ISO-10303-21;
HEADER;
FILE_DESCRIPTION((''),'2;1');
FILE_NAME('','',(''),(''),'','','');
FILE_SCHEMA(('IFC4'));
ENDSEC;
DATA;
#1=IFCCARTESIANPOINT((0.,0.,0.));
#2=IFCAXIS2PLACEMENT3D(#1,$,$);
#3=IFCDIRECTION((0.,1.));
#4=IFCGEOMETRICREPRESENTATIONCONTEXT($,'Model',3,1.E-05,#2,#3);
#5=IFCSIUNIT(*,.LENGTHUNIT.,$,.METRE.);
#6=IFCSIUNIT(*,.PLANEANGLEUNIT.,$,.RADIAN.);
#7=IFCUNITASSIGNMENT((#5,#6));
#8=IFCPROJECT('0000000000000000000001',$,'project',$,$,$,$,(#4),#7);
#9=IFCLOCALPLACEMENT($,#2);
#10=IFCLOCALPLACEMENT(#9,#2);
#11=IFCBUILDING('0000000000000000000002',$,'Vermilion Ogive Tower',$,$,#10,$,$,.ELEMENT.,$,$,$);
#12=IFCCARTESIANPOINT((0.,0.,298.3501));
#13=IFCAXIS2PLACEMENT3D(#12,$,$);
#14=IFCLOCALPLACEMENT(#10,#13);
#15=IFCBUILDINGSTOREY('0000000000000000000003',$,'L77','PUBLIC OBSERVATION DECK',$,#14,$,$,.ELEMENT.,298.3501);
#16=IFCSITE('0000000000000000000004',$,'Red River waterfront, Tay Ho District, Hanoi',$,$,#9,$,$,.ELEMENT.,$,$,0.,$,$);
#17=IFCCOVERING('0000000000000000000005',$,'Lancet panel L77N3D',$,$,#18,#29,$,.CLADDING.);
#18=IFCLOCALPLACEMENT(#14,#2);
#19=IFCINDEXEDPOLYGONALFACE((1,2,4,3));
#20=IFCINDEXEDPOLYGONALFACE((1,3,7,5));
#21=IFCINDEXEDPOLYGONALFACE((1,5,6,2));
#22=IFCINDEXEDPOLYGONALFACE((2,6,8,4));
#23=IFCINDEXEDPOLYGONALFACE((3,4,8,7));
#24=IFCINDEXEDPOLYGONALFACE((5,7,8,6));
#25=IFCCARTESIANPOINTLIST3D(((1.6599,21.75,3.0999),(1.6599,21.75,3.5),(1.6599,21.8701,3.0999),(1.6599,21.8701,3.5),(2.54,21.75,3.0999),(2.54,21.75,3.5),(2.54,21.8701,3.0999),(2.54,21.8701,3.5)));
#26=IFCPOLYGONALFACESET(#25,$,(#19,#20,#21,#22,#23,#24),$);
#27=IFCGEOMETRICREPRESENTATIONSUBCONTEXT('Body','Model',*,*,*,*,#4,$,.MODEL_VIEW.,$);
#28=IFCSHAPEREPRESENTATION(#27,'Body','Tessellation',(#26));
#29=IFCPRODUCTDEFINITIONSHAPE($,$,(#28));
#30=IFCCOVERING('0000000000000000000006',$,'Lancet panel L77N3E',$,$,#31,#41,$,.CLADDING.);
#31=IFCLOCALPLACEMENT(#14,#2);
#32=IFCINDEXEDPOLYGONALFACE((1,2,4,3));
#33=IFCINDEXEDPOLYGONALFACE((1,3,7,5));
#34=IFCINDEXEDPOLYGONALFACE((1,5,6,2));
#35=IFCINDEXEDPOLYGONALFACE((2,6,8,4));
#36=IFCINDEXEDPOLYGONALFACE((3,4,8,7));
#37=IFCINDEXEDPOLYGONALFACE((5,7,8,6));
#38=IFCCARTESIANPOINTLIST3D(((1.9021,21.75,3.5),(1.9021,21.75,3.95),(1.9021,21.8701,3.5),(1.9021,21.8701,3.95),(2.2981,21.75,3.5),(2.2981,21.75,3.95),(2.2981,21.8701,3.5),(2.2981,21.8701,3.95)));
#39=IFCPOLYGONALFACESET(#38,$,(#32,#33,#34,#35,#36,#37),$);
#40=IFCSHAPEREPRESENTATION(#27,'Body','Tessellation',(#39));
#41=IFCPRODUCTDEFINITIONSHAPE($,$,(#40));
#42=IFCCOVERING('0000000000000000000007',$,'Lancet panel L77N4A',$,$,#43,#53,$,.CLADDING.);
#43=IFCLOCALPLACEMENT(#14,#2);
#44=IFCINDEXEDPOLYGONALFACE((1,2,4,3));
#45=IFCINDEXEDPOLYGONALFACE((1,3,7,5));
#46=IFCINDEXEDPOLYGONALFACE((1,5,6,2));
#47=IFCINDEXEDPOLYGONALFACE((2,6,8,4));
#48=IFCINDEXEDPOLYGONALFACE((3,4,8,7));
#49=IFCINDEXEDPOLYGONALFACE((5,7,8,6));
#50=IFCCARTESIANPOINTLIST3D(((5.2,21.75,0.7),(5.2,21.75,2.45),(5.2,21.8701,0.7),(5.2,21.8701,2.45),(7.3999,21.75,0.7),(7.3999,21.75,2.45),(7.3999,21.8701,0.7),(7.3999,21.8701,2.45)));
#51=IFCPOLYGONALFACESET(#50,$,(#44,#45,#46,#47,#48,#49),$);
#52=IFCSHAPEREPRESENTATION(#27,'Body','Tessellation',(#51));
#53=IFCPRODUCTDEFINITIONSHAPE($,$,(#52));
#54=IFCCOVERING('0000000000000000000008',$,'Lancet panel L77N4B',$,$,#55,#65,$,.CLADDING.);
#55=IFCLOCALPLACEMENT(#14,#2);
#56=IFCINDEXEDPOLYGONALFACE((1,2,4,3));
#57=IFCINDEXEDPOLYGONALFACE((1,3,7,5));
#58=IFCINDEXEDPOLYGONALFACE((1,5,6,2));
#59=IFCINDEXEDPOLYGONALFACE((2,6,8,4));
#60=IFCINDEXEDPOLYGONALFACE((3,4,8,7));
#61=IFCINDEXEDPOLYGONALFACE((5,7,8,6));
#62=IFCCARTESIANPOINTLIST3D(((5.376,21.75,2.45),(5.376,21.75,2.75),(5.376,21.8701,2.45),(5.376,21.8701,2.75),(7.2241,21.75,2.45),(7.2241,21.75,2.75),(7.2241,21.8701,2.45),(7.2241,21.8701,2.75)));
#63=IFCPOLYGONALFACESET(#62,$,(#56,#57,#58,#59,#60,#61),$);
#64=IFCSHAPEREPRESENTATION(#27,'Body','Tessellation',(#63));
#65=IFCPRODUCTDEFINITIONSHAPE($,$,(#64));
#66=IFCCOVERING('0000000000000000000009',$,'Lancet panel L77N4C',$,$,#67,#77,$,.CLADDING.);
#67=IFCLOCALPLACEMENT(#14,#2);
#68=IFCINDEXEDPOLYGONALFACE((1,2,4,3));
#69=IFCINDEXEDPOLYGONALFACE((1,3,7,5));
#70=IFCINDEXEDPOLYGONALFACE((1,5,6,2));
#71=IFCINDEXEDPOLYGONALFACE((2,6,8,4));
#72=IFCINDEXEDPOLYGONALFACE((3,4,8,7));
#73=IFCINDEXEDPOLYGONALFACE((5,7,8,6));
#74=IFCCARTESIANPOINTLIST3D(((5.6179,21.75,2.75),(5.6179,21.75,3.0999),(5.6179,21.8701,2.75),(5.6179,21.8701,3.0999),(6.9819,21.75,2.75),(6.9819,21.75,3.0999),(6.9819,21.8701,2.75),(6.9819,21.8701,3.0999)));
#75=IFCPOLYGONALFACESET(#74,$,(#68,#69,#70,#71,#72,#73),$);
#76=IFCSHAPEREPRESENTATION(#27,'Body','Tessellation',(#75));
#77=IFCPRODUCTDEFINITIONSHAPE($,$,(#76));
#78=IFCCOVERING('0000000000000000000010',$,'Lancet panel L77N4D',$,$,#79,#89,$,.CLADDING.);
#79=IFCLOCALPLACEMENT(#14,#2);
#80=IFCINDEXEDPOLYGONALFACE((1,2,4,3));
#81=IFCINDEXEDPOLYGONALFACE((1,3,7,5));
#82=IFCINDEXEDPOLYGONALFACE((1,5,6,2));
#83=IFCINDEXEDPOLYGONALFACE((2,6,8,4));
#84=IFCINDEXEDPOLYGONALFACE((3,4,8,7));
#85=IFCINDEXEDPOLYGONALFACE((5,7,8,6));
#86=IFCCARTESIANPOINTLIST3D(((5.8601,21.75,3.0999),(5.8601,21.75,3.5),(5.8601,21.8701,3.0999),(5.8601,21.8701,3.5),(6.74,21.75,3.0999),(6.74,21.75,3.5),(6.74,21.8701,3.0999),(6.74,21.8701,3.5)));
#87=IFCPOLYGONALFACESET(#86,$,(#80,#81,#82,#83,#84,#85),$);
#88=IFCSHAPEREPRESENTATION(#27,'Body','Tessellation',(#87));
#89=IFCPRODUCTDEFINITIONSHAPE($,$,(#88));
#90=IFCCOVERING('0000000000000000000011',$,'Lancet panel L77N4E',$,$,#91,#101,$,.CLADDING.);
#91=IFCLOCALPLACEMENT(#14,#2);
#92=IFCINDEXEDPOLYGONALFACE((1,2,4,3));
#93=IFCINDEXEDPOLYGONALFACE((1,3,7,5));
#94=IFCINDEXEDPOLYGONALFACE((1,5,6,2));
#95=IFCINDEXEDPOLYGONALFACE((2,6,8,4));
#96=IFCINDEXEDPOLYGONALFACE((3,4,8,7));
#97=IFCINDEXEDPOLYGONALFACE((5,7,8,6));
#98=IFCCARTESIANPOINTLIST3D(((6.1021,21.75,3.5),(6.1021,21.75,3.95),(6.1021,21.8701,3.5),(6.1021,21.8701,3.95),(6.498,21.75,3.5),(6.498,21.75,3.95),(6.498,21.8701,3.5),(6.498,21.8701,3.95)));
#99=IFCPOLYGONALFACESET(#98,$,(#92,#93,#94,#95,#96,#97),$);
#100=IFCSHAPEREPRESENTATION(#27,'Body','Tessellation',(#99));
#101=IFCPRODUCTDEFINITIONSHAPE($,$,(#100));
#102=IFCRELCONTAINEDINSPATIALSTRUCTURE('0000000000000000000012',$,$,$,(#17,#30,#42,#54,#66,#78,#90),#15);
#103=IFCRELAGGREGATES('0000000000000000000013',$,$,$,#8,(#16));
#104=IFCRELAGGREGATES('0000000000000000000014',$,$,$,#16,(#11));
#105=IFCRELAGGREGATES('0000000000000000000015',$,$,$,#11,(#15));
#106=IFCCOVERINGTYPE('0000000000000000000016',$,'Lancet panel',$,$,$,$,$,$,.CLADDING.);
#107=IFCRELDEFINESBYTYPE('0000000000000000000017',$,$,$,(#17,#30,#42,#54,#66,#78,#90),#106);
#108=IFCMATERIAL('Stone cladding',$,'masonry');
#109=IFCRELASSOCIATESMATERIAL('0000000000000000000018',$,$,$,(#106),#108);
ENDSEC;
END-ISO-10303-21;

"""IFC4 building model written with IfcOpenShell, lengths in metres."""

from ifc_helpers import new_model, si_unit, direction, frame, origin, place, context, subcontext, project, spatial, polyline, outline, extrude, material, type_object, element, save


model = new_model("IFC4")

# Units and contexts
model_context = context("Model", 3, precision=1e-05, world=origin(), true_north=direction((0.0, 1.0)))
body_context = subcontext(model_context, "Body", "Model", "MODEL_VIEW")
ifc_project = project(units=[si_unit("LENGTHUNIT", "METRE"), si_unit("PLANEANGLEUNIT", "RADIAN")], contexts=[model_context])

# Site, building, storey
site_placement = place(None, origin())
site = spatial("IfcSite", under=ifc_project, at=site_placement, Name="Red River waterfront, Tay Ho District, Hanoi", CompositionType="ELEMENT", RefElevation=0.0)
building_placement = place(site_placement, origin())
building = spatial("IfcBuilding", under=site, at=building_placement, Name="Vermilion Ogive Tower", CompositionType="ELEMENT")
storey_placement = place(building_placement, frame((0.0, 0.0, 298.3501)))
storey = spatial("IfcBuildingStorey", under=building, at=storey_placement, Name="L77", Description="PUBLIC OBSERVATION DECK", CompositionType="ELEMENT", Elevation=298.3501)

# Coverings
ifc_material_1 = material(Name="Stone cladding", Category="masonry")
covering_type = type_object("IfcCoveringType", Name="Lancet panel", PredefinedType="CLADDING", material=ifc_material_1)
covering_1_placement = place(storey_placement, frame((0.0, 0.0, 3.0999)))
element("IfcCovering", 1, at=covering_1_placement, inside=storey, type_object=covering_type, Name="Lancet panel L77N3D", PredefinedType="CLADDING", context=body_context, shape_type="SweptSolid", body=[
    extrude(outline(polyline([(1.6599, 21.75), (2.54, 21.75), (2.54, 21.8701), (1.6599, 21.8701), (1.6599, 21.75)])), origin(), (0.0, 0.0, 1.0), 0.4001),
])
covering_2_placement = place(storey_placement, frame((0.0, 0.0, 3.5)))
element("IfcCovering", 2, at=covering_2_placement, inside=storey, type_object=covering_type, Name="Lancet panel L77N3E", PredefinedType="CLADDING", context=body_context, shape_type="SweptSolid", body=[
    extrude(outline(polyline([(1.9021, 21.75), (2.2981, 21.75), (2.2981, 21.8701), (1.9021, 21.8701), (1.9021, 21.75)])), origin(), (0.0, 0.0, 1.0), 0.45),
])
covering_3_placement = place(storey_placement, frame((0.0, 0.0, 0.7)))
element("IfcCovering", 3, at=covering_3_placement, inside=storey, type_object=covering_type, Name="Lancet panel L77N4A", PredefinedType="CLADDING", context=body_context, shape_type="SweptSolid", body=[
    extrude(outline(polyline([(5.2, 21.75), (7.3999, 21.75), (7.3999, 21.8701), (5.2, 21.8701), (5.2, 21.75)])), origin(), (0.0, 0.0, 1.0), 1.75),
])
covering_4_placement = place(storey_placement, frame((0.0, 0.0, 2.45)))
element("IfcCovering", 4, at=covering_4_placement, inside=storey, type_object=covering_type, Name="Lancet panel L77N4B", PredefinedType="CLADDING", context=body_context, shape_type="SweptSolid", body=[
    extrude(outline(polyline([(5.376, 21.75), (7.2241, 21.75), (7.2241, 21.8701), (5.376, 21.8701), (5.376, 21.75)])), origin(), (0.0, 0.0, 1.0), 0.3),
])
covering_5_placement = place(storey_placement, frame((0.0, 0.0, 2.75)))
element("IfcCovering", 5, at=covering_5_placement, inside=storey, type_object=covering_type, Name="Lancet panel L77N4C", PredefinedType="CLADDING", context=body_context, shape_type="SweptSolid", body=[
    extrude(outline(polyline([(5.6179, 21.75), (6.9819, 21.75), (6.9819, 21.8701), (5.6179, 21.8701), (5.6179, 21.75)])), origin(), (0.0, 0.0, 1.0), 0.3499),
])
covering_6_placement = place(storey_placement, frame((0.0, 0.0, 3.0999)))
element("IfcCovering", 6, at=covering_6_placement, inside=storey, type_object=covering_type, Name="Lancet panel L77N4D", PredefinedType="CLADDING", context=body_context, shape_type="SweptSolid", body=[
    extrude(outline(polyline([(5.8601, 21.75), (6.74, 21.75), (6.74, 21.8701), (5.8601, 21.8701), (5.8601, 21.75)])), origin(), (0.0, 0.0, 1.0), 0.4001),
])
covering_7_placement = place(storey_placement, frame((0.0, 0.0, 3.5)))
element("IfcCovering", 7, at=covering_7_placement, inside=storey, type_object=covering_type, Name="Lancet panel L77N4E", PredefinedType="CLADDING", context=body_context, shape_type="SweptSolid", body=[
    extrude(outline(polyline([(6.1021, 21.75), (6.498, 21.75), (6.498, 21.8701), (6.1021, 21.8701), (6.1021, 21.75)])), origin(), (0.0, 0.0, 1.0), 0.45),
])

save(model, "model.ifc")
